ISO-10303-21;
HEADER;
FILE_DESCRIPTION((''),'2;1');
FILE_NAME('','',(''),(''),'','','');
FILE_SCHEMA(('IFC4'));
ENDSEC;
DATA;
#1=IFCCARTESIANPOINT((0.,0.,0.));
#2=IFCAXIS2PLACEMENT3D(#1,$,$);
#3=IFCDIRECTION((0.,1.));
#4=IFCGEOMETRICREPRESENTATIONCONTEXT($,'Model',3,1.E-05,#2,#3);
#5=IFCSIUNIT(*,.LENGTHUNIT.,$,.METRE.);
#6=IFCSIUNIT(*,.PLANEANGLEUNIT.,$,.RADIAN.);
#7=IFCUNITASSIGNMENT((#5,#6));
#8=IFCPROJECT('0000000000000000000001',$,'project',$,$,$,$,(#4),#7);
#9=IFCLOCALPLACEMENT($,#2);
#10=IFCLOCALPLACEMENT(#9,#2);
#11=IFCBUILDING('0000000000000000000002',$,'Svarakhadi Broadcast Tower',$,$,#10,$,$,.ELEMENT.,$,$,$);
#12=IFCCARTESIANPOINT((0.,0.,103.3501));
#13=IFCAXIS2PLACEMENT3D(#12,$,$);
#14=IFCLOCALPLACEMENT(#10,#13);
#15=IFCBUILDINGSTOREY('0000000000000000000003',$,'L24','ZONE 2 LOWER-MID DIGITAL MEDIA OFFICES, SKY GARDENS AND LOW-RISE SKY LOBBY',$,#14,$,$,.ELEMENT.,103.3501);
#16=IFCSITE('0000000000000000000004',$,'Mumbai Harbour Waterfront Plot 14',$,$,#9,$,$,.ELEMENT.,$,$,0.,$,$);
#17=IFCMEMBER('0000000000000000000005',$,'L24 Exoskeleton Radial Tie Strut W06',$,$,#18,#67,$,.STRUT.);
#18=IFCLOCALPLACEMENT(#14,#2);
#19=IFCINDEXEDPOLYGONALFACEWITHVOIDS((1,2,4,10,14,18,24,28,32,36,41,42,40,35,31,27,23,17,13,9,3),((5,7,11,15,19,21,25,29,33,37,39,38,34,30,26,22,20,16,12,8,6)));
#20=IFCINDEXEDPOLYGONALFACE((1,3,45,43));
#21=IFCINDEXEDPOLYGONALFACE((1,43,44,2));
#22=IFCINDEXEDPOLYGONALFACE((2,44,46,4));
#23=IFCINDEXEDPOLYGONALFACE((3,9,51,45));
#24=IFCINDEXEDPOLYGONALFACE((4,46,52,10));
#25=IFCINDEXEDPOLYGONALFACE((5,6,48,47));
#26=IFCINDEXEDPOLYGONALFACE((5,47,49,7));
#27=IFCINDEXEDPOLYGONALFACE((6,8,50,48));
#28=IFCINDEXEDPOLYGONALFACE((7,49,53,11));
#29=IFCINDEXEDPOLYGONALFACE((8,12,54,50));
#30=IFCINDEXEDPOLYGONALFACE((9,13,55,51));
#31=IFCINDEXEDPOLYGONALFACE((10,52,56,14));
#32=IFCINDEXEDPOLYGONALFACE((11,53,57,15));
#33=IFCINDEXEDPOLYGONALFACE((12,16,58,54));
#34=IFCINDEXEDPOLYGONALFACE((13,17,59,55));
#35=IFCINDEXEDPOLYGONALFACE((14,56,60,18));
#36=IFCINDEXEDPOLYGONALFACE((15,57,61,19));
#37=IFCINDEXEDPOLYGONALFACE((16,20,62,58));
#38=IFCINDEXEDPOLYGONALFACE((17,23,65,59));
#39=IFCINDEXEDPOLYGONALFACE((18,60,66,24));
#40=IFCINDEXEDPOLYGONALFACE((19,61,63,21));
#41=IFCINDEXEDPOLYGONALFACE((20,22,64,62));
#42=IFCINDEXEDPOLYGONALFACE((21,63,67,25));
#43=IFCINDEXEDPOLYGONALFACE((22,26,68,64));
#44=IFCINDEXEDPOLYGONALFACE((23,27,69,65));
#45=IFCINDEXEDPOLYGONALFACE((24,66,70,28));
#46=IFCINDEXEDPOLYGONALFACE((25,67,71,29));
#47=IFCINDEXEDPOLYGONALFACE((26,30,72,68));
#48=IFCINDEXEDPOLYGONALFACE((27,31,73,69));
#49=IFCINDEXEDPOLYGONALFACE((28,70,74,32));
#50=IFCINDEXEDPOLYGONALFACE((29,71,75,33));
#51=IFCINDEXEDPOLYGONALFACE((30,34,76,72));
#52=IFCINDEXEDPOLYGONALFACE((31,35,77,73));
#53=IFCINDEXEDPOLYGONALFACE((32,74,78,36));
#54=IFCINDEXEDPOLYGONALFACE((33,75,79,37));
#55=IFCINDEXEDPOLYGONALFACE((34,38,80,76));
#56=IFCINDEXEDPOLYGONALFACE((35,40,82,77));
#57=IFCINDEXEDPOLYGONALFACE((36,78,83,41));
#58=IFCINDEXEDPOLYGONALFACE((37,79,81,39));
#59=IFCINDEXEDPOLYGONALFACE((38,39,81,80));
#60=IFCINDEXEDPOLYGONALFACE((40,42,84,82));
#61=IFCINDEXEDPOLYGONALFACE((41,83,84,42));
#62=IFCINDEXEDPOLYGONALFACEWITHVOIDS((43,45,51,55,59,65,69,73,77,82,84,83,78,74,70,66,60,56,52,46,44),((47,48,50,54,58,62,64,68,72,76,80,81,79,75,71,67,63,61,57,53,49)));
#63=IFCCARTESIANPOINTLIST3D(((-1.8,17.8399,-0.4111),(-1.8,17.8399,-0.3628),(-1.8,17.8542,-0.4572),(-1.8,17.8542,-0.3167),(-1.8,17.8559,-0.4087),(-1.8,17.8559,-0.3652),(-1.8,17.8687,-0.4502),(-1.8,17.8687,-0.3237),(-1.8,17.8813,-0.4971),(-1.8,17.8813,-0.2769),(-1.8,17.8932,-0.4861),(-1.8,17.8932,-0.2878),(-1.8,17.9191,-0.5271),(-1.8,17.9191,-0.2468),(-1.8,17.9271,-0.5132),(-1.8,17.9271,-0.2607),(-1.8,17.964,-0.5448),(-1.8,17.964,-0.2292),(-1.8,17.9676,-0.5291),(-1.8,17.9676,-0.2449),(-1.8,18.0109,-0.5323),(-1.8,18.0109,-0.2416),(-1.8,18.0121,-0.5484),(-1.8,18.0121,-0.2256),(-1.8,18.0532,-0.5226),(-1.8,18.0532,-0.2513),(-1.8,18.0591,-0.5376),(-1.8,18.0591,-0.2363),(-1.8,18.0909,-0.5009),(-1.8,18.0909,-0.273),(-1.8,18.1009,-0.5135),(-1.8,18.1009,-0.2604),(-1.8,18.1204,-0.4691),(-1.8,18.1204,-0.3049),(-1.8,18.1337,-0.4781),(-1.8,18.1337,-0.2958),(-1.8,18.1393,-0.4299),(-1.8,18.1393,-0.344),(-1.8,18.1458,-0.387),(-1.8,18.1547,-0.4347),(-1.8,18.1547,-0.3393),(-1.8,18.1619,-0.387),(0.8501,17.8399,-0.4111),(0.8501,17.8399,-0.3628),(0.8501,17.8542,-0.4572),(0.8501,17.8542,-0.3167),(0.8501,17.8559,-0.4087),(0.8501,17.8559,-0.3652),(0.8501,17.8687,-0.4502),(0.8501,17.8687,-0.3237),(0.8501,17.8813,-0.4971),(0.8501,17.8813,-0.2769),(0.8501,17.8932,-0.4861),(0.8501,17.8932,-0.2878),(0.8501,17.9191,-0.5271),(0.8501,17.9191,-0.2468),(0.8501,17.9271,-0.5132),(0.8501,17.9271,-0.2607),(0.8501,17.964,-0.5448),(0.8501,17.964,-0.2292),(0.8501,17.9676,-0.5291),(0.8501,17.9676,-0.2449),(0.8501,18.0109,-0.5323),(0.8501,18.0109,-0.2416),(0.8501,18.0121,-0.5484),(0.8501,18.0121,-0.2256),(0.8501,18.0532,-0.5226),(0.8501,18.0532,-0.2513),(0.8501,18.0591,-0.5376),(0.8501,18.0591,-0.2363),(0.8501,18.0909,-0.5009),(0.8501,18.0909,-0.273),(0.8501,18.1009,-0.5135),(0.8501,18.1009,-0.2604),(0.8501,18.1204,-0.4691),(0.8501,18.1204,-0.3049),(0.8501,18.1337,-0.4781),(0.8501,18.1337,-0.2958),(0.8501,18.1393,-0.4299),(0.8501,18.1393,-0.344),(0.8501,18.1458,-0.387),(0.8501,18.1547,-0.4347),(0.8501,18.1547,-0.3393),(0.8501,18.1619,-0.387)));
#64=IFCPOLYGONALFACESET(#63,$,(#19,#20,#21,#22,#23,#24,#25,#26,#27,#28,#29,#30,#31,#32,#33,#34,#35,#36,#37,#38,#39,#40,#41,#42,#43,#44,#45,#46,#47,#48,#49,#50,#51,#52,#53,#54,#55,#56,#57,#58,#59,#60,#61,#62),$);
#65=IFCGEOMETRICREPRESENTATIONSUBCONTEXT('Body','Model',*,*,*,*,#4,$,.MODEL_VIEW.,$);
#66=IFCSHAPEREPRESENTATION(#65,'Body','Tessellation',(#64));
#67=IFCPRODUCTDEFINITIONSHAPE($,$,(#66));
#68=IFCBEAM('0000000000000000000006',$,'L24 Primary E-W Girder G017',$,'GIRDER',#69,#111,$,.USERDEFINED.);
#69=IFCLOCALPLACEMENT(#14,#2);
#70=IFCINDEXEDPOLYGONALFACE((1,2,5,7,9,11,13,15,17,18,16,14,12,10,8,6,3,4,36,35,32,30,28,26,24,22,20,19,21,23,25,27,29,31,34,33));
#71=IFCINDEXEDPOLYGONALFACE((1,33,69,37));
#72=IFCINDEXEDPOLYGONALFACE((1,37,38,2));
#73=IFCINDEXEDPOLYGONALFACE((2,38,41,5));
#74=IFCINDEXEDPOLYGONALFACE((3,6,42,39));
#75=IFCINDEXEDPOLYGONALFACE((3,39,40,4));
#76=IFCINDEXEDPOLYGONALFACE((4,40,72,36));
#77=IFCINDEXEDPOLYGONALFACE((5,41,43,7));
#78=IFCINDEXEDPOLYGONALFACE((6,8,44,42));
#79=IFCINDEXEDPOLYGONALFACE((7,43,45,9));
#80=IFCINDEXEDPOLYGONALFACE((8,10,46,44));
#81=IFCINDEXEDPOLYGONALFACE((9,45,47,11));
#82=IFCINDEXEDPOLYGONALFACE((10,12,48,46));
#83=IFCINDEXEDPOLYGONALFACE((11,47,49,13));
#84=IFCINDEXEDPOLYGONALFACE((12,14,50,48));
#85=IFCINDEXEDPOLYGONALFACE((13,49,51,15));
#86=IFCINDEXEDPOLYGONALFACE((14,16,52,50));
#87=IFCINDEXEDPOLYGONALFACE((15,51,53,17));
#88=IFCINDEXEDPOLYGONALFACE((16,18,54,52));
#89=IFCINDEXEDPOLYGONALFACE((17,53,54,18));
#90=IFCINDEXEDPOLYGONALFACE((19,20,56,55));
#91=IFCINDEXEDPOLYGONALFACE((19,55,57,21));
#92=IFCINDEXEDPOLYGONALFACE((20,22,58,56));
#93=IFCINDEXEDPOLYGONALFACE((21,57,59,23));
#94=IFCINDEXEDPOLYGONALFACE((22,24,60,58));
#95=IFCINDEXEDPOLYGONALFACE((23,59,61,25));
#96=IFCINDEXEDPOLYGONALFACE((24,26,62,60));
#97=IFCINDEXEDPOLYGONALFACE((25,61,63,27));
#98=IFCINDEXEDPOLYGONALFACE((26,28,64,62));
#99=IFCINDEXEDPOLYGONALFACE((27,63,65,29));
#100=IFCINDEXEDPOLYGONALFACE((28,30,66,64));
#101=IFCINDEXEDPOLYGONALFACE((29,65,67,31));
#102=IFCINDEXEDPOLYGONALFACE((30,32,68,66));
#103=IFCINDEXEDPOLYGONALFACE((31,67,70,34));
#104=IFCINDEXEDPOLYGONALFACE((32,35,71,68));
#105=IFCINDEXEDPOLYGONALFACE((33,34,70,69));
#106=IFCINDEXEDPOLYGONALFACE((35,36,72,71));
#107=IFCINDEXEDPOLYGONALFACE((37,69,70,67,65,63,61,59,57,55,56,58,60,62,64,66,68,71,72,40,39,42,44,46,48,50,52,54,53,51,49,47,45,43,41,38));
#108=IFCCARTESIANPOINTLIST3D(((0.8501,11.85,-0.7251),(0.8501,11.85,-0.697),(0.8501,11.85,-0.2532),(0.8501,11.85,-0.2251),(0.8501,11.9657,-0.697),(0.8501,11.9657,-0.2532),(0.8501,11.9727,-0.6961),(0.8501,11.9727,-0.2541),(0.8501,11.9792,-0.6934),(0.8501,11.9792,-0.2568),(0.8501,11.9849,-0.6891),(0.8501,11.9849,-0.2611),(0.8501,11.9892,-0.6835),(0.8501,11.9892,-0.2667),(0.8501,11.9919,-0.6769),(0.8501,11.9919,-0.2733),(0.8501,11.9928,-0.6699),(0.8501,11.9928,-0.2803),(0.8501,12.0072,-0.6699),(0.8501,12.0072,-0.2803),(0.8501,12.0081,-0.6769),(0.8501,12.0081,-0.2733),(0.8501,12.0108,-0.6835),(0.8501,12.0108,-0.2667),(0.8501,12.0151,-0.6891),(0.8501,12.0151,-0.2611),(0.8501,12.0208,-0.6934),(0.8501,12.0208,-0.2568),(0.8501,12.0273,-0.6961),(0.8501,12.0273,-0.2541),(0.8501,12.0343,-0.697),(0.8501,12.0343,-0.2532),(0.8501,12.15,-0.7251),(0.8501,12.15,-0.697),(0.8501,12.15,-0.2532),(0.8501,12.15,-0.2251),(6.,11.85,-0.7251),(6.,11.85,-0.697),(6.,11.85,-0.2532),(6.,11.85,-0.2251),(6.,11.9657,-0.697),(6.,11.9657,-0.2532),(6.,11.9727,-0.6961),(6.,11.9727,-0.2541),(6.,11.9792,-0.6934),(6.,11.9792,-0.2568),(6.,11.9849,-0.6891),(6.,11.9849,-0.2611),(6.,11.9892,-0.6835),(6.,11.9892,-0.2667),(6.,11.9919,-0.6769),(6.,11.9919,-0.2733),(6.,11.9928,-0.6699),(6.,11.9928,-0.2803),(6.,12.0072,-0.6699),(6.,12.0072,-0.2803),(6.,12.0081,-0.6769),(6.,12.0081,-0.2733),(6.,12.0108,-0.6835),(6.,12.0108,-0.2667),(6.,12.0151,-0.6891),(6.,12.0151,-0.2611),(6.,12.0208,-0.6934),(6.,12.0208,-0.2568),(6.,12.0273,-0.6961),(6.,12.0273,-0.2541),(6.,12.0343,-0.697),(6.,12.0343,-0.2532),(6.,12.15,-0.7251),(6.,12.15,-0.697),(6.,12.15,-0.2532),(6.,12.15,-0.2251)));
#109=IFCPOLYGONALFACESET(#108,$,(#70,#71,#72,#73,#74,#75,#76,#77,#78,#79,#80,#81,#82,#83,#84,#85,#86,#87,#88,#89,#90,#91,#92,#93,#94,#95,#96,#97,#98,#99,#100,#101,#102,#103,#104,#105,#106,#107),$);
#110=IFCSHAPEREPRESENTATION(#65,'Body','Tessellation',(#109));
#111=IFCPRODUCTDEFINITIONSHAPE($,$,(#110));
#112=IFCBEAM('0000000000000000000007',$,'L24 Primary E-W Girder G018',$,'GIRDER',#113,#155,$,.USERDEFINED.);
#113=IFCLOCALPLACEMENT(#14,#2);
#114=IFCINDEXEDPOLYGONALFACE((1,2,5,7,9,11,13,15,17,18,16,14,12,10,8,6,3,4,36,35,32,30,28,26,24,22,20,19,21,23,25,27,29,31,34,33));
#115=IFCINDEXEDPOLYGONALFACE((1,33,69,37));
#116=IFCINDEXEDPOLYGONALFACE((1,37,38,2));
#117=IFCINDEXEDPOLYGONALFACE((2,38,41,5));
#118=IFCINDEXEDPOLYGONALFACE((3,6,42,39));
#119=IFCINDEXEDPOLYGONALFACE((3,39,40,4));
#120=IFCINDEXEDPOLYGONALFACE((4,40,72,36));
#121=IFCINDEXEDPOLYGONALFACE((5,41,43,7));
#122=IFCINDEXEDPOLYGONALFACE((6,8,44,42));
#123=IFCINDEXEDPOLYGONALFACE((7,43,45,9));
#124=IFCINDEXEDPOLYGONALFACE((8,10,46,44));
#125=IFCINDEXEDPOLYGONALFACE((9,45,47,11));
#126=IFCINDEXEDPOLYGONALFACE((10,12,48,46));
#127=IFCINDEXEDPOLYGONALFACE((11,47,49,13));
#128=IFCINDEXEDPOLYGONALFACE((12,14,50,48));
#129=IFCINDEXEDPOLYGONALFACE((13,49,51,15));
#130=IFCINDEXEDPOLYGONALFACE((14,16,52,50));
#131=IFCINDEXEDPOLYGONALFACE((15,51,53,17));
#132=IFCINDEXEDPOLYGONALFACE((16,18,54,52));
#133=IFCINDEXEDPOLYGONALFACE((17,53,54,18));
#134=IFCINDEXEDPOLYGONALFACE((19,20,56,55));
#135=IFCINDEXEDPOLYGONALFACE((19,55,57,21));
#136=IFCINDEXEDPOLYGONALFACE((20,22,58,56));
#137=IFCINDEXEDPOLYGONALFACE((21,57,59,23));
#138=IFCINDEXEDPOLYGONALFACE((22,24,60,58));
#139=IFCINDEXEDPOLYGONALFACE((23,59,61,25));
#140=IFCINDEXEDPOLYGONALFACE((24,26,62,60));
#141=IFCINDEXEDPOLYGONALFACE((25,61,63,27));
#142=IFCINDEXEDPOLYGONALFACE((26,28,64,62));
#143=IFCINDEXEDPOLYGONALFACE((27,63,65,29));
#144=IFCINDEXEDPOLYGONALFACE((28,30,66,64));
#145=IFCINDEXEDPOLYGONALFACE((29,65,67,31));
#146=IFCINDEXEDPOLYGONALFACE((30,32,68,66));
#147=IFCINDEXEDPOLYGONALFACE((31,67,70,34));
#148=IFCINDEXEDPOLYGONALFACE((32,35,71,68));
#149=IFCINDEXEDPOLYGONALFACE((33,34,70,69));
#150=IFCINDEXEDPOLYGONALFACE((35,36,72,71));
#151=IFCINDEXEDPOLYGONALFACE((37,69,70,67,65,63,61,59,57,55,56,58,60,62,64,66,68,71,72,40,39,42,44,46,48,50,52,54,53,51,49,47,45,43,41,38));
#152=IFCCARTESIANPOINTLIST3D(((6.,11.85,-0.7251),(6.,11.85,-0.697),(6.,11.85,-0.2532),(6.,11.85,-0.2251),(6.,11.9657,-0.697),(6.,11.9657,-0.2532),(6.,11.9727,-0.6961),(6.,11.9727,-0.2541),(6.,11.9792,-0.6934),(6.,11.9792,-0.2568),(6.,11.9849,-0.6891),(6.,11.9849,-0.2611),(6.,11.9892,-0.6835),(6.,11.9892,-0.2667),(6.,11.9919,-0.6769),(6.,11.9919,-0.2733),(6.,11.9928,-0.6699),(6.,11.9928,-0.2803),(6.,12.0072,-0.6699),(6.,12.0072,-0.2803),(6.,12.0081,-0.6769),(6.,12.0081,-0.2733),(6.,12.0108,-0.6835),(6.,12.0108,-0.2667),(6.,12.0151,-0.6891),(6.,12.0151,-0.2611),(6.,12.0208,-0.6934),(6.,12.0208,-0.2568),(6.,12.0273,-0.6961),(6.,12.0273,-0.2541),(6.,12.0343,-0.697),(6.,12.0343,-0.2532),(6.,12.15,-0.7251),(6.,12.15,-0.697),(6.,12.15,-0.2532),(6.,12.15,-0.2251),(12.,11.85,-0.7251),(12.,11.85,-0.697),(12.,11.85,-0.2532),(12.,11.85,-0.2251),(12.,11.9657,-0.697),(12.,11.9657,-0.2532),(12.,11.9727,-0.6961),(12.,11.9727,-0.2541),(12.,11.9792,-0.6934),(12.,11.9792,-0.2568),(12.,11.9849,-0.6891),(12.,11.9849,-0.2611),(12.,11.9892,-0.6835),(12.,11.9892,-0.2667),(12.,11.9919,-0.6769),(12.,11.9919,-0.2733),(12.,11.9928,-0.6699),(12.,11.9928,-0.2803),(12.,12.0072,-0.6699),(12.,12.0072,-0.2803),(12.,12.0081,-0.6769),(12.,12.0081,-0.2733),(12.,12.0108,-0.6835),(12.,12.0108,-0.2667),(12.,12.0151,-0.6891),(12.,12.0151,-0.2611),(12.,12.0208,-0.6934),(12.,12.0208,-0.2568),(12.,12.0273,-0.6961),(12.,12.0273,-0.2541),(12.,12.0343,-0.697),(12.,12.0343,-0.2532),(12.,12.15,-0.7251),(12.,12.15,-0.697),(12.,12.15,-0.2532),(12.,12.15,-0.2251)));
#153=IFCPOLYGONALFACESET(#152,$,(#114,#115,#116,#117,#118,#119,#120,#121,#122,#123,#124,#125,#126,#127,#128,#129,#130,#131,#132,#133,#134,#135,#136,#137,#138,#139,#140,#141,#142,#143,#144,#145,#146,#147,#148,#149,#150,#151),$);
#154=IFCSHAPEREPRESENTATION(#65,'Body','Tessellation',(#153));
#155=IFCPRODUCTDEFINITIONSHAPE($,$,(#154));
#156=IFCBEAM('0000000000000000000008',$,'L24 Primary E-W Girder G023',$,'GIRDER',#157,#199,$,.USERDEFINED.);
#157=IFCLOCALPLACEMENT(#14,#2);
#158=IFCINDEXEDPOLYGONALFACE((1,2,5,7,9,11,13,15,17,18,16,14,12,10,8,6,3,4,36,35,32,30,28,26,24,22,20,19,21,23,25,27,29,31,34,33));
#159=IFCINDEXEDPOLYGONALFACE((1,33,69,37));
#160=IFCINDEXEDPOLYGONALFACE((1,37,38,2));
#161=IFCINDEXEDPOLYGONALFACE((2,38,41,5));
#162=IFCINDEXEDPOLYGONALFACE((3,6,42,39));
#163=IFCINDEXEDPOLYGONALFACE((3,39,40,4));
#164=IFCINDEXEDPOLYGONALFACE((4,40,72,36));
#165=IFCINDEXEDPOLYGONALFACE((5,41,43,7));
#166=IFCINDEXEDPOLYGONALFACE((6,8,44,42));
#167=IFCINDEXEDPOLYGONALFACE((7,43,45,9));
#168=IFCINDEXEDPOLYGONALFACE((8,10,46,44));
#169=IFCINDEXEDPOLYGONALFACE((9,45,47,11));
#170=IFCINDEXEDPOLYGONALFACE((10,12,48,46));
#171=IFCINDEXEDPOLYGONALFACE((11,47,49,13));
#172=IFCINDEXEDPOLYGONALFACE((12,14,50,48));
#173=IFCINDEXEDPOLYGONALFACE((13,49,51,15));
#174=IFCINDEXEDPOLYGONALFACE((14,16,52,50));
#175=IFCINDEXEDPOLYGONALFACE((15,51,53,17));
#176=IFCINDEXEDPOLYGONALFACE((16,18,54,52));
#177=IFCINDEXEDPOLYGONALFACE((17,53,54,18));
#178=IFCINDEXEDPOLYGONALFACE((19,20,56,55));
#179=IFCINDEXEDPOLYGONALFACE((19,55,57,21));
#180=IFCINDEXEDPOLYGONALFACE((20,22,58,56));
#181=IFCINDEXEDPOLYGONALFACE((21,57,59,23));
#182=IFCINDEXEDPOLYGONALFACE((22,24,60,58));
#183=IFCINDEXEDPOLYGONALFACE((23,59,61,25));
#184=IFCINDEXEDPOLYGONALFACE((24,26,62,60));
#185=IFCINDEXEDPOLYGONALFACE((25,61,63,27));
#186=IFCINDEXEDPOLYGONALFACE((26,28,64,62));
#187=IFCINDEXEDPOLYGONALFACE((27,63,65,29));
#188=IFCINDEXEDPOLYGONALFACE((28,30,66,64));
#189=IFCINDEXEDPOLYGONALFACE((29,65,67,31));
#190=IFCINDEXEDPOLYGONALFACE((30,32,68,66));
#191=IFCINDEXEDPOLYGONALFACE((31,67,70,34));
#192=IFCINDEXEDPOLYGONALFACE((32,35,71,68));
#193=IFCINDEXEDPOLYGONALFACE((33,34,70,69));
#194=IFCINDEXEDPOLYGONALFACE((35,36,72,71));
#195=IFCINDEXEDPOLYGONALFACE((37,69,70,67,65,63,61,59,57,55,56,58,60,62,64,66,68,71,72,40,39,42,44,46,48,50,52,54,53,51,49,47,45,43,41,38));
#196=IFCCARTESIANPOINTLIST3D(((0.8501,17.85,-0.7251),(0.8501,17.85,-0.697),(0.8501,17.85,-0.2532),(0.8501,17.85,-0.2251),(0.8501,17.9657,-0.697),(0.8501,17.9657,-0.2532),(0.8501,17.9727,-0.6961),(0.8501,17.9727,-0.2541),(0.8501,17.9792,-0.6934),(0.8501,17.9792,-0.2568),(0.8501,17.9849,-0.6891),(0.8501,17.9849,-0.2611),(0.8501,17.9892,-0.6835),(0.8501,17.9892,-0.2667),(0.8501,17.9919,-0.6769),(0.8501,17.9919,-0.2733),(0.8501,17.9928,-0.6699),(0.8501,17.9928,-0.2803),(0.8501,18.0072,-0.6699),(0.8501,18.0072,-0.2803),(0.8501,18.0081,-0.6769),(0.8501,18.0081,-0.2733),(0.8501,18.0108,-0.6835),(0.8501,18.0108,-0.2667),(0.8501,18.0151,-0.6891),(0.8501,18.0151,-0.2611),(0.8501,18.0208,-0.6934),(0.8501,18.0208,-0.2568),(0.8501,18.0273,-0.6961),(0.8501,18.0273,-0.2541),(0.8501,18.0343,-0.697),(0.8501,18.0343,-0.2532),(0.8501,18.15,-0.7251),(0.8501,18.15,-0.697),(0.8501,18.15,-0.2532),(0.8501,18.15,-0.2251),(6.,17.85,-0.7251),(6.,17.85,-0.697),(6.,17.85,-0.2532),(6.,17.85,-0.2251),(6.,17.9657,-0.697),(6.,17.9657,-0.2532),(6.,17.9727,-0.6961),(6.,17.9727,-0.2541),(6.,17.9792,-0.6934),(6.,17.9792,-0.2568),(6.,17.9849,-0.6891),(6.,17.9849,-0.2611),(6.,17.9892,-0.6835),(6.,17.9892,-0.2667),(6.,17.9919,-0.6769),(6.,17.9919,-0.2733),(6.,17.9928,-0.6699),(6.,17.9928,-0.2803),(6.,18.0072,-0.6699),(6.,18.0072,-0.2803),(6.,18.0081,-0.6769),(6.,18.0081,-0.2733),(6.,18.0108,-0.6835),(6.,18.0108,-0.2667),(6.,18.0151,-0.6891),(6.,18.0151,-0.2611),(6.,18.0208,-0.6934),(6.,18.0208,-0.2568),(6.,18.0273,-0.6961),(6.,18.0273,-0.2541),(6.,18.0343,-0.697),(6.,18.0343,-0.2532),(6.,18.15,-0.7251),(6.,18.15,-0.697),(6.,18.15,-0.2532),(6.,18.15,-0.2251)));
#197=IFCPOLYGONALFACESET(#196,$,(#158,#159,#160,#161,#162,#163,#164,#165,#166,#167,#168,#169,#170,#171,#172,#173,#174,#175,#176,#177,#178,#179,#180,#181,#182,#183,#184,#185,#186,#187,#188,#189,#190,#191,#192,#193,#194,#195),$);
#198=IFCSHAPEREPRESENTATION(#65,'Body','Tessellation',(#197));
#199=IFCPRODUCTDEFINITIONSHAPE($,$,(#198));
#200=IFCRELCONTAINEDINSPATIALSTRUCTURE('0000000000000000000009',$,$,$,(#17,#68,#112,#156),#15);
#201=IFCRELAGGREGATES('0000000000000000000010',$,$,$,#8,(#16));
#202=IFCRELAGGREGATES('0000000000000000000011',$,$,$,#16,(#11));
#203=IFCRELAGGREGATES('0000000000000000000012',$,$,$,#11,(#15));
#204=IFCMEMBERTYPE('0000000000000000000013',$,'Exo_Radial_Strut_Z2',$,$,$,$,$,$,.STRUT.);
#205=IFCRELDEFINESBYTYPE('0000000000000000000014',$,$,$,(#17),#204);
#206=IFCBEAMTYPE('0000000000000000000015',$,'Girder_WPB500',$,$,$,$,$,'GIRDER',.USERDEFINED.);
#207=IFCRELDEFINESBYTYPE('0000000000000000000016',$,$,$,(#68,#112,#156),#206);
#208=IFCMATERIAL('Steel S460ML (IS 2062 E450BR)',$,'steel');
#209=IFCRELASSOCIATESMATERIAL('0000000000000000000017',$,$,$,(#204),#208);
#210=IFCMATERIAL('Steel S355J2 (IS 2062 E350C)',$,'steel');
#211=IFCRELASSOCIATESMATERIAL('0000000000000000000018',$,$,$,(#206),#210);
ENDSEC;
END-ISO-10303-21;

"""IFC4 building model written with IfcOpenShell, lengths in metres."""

from ifc_helpers import new_model, si_unit, direction, frame, origin, origin_2d, place, context, subcontext, project, spatial, hollow_circle, i_section, extrude, material, material_profile, profile_set, type_object, element, save


model = new_model("IFC4")

# Units and contexts
model_context = context("Model", 3, precision=1e-05, world=origin(), true_north=direction((0.0, 1.0)))
body_context = subcontext(model_context, "Body", "Model", "MODEL_VIEW")
ifc_project = project(units=[si_unit("LENGTHUNIT", "METRE"), si_unit("PLANEANGLEUNIT", "RADIAN")], contexts=[model_context])

# Site, building, storey
site_placement = place(None, origin())
site = spatial("IfcSite", under=ifc_project, at=site_placement, Name="Mumbai Harbour Waterfront Plot 14", CompositionType="ELEMENT", RefElevation=0.0)
building_placement = place(site_placement, origin())
building = spatial("IfcBuilding", under=site, at=building_placement, Name="Svarakhadi Broadcast Tower", CompositionType="ELEMENT")
storey_placement = place(building_placement, frame((0.0, 0.0, 103.3501)))
storey = spatial("IfcBuildingStorey", under=building, at=storey_placement, Name="L24", Description="ZONE 2 LOWER-MID DIGITAL MEDIA OFFICES, SKY GARDENS AND LOW-RISE SKY LOBBY", CompositionType="ELEMENT", Elevation=103.3501)

# Shared definitions
ifc_material_1 = material(Name="Steel S460ML (IS 2062 E450BR)", Category="steel")

# Shared definitions
ifc_material_2 = material(Name="Steel S355J2 (IS 2062 E350C)", Category="steel")

# Member
ifc_material_profile_1 = material_profile(ifc_material_1, hollow_circle(Radius=0.1619, WallThickness=0.0161, at=origin_2d()), Name="CHS 323.9x16")
ifc_profile_set_1 = profile_set([ifc_material_profile_1], Name="Steel S460ML (IS 2062 E450BR)")
member_type_1 = type_object("IfcMemberType", Name="Exo_Radial_Strut_Z2", PredefinedType="STRUT", material=ifc_profile_set_1)
member_1_placement = place(storey_placement, frame((-1.8, 18.0, -0.387), z_axis=(1.0, 0.0, 0.0), x_axis=(0.0, 1.0, 0.0)))
element("IfcMember", 1, at=member_1_placement, inside=storey, type_object=member_type_1, Name="L24 Exoskeleton Radial Tie Strut W06", PredefinedType="STRUT", context=body_context, shape_type="SweptSolid", body=[
    extrude(hollow_circle(Radius=0.1619, WallThickness=0.0161, at=origin_2d()), origin(), (0.0, 0.0, 1.0), 2.6501),
])

# Beams
ifc_material_profile_2 = material_profile(ifc_material_2, i_section(OverallWidth=0.3, OverallDepth=0.5, WebThickness=0.0144, FlangeThickness=0.0281, FilletRadius=0.0271, at=origin_2d()), Name="WPB 500x300x187")
ifc_profile_set_2 = profile_set([ifc_material_profile_2], Name="Steel S355J2 (IS 2062 E350C)")
beam_type_1 = type_object("IfcBeamType", Name="Girder_WPB500", ElementType="GIRDER", PredefinedType="USERDEFINED", material=ifc_profile_set_2)
beam_1_placement = place(storey_placement, frame((0.8501, 12.0, -0.4751), z_axis=(1.0, 0.0, 0.0), x_axis=(0.0, 1.0, 0.0)))
element("IfcBeam", 2, at=beam_1_placement, inside=storey, type_object=beam_type_1, Name="L24 Primary E-W Girder G017", ObjectType="GIRDER", PredefinedType="USERDEFINED", context=body_context, shape_type="SweptSolid", body=[
    extrude(i_section(OverallWidth=0.3, OverallDepth=0.5, WebThickness=0.0144, FlangeThickness=0.0281, FilletRadius=0.0271, at=origin_2d()), origin(), (0.0, 0.0, 1.0), 5.1499),
])
beam_2_placement = place(storey_placement, frame((6.0, 12.0, -0.4751), z_axis=(1.0, 0.0, 0.0), x_axis=(0.0, 1.0, 0.0)))
element("IfcBeam", 3, at=beam_2_placement, inside=storey, type_object=beam_type_1, Name="L24 Primary E-W Girder G018", ObjectType="GIRDER", PredefinedType="USERDEFINED", context=body_context, shape_type="SweptSolid", body=[
    extrude(i_section(OverallWidth=0.3, OverallDepth=0.5, WebThickness=0.0144, FlangeThickness=0.0281, FilletRadius=0.0271, at=origin_2d()), origin(), (0.0, 0.0, 1.0), 6.0),
])
beam_3_placement = place(storey_placement, frame((0.8501, 18.0, -0.4751), z_axis=(1.0, 0.0, 0.0), x_axis=(0.0, 1.0, 0.0)))
element("IfcBeam", 4, at=beam_3_placement, inside=storey, type_object=beam_type_1, Name="L24 Primary E-W Girder G023", ObjectType="GIRDER", PredefinedType="USERDEFINED", context=body_context, shape_type="SweptSolid", body=[
    extrude(i_section(OverallWidth=0.3, OverallDepth=0.5, WebThickness=0.0144, FlangeThickness=0.0281, FilletRadius=0.0271, at=origin_2d()), origin(), (0.0, 0.0, 1.0), 5.1499),
])

save(model, "model.ifc")
